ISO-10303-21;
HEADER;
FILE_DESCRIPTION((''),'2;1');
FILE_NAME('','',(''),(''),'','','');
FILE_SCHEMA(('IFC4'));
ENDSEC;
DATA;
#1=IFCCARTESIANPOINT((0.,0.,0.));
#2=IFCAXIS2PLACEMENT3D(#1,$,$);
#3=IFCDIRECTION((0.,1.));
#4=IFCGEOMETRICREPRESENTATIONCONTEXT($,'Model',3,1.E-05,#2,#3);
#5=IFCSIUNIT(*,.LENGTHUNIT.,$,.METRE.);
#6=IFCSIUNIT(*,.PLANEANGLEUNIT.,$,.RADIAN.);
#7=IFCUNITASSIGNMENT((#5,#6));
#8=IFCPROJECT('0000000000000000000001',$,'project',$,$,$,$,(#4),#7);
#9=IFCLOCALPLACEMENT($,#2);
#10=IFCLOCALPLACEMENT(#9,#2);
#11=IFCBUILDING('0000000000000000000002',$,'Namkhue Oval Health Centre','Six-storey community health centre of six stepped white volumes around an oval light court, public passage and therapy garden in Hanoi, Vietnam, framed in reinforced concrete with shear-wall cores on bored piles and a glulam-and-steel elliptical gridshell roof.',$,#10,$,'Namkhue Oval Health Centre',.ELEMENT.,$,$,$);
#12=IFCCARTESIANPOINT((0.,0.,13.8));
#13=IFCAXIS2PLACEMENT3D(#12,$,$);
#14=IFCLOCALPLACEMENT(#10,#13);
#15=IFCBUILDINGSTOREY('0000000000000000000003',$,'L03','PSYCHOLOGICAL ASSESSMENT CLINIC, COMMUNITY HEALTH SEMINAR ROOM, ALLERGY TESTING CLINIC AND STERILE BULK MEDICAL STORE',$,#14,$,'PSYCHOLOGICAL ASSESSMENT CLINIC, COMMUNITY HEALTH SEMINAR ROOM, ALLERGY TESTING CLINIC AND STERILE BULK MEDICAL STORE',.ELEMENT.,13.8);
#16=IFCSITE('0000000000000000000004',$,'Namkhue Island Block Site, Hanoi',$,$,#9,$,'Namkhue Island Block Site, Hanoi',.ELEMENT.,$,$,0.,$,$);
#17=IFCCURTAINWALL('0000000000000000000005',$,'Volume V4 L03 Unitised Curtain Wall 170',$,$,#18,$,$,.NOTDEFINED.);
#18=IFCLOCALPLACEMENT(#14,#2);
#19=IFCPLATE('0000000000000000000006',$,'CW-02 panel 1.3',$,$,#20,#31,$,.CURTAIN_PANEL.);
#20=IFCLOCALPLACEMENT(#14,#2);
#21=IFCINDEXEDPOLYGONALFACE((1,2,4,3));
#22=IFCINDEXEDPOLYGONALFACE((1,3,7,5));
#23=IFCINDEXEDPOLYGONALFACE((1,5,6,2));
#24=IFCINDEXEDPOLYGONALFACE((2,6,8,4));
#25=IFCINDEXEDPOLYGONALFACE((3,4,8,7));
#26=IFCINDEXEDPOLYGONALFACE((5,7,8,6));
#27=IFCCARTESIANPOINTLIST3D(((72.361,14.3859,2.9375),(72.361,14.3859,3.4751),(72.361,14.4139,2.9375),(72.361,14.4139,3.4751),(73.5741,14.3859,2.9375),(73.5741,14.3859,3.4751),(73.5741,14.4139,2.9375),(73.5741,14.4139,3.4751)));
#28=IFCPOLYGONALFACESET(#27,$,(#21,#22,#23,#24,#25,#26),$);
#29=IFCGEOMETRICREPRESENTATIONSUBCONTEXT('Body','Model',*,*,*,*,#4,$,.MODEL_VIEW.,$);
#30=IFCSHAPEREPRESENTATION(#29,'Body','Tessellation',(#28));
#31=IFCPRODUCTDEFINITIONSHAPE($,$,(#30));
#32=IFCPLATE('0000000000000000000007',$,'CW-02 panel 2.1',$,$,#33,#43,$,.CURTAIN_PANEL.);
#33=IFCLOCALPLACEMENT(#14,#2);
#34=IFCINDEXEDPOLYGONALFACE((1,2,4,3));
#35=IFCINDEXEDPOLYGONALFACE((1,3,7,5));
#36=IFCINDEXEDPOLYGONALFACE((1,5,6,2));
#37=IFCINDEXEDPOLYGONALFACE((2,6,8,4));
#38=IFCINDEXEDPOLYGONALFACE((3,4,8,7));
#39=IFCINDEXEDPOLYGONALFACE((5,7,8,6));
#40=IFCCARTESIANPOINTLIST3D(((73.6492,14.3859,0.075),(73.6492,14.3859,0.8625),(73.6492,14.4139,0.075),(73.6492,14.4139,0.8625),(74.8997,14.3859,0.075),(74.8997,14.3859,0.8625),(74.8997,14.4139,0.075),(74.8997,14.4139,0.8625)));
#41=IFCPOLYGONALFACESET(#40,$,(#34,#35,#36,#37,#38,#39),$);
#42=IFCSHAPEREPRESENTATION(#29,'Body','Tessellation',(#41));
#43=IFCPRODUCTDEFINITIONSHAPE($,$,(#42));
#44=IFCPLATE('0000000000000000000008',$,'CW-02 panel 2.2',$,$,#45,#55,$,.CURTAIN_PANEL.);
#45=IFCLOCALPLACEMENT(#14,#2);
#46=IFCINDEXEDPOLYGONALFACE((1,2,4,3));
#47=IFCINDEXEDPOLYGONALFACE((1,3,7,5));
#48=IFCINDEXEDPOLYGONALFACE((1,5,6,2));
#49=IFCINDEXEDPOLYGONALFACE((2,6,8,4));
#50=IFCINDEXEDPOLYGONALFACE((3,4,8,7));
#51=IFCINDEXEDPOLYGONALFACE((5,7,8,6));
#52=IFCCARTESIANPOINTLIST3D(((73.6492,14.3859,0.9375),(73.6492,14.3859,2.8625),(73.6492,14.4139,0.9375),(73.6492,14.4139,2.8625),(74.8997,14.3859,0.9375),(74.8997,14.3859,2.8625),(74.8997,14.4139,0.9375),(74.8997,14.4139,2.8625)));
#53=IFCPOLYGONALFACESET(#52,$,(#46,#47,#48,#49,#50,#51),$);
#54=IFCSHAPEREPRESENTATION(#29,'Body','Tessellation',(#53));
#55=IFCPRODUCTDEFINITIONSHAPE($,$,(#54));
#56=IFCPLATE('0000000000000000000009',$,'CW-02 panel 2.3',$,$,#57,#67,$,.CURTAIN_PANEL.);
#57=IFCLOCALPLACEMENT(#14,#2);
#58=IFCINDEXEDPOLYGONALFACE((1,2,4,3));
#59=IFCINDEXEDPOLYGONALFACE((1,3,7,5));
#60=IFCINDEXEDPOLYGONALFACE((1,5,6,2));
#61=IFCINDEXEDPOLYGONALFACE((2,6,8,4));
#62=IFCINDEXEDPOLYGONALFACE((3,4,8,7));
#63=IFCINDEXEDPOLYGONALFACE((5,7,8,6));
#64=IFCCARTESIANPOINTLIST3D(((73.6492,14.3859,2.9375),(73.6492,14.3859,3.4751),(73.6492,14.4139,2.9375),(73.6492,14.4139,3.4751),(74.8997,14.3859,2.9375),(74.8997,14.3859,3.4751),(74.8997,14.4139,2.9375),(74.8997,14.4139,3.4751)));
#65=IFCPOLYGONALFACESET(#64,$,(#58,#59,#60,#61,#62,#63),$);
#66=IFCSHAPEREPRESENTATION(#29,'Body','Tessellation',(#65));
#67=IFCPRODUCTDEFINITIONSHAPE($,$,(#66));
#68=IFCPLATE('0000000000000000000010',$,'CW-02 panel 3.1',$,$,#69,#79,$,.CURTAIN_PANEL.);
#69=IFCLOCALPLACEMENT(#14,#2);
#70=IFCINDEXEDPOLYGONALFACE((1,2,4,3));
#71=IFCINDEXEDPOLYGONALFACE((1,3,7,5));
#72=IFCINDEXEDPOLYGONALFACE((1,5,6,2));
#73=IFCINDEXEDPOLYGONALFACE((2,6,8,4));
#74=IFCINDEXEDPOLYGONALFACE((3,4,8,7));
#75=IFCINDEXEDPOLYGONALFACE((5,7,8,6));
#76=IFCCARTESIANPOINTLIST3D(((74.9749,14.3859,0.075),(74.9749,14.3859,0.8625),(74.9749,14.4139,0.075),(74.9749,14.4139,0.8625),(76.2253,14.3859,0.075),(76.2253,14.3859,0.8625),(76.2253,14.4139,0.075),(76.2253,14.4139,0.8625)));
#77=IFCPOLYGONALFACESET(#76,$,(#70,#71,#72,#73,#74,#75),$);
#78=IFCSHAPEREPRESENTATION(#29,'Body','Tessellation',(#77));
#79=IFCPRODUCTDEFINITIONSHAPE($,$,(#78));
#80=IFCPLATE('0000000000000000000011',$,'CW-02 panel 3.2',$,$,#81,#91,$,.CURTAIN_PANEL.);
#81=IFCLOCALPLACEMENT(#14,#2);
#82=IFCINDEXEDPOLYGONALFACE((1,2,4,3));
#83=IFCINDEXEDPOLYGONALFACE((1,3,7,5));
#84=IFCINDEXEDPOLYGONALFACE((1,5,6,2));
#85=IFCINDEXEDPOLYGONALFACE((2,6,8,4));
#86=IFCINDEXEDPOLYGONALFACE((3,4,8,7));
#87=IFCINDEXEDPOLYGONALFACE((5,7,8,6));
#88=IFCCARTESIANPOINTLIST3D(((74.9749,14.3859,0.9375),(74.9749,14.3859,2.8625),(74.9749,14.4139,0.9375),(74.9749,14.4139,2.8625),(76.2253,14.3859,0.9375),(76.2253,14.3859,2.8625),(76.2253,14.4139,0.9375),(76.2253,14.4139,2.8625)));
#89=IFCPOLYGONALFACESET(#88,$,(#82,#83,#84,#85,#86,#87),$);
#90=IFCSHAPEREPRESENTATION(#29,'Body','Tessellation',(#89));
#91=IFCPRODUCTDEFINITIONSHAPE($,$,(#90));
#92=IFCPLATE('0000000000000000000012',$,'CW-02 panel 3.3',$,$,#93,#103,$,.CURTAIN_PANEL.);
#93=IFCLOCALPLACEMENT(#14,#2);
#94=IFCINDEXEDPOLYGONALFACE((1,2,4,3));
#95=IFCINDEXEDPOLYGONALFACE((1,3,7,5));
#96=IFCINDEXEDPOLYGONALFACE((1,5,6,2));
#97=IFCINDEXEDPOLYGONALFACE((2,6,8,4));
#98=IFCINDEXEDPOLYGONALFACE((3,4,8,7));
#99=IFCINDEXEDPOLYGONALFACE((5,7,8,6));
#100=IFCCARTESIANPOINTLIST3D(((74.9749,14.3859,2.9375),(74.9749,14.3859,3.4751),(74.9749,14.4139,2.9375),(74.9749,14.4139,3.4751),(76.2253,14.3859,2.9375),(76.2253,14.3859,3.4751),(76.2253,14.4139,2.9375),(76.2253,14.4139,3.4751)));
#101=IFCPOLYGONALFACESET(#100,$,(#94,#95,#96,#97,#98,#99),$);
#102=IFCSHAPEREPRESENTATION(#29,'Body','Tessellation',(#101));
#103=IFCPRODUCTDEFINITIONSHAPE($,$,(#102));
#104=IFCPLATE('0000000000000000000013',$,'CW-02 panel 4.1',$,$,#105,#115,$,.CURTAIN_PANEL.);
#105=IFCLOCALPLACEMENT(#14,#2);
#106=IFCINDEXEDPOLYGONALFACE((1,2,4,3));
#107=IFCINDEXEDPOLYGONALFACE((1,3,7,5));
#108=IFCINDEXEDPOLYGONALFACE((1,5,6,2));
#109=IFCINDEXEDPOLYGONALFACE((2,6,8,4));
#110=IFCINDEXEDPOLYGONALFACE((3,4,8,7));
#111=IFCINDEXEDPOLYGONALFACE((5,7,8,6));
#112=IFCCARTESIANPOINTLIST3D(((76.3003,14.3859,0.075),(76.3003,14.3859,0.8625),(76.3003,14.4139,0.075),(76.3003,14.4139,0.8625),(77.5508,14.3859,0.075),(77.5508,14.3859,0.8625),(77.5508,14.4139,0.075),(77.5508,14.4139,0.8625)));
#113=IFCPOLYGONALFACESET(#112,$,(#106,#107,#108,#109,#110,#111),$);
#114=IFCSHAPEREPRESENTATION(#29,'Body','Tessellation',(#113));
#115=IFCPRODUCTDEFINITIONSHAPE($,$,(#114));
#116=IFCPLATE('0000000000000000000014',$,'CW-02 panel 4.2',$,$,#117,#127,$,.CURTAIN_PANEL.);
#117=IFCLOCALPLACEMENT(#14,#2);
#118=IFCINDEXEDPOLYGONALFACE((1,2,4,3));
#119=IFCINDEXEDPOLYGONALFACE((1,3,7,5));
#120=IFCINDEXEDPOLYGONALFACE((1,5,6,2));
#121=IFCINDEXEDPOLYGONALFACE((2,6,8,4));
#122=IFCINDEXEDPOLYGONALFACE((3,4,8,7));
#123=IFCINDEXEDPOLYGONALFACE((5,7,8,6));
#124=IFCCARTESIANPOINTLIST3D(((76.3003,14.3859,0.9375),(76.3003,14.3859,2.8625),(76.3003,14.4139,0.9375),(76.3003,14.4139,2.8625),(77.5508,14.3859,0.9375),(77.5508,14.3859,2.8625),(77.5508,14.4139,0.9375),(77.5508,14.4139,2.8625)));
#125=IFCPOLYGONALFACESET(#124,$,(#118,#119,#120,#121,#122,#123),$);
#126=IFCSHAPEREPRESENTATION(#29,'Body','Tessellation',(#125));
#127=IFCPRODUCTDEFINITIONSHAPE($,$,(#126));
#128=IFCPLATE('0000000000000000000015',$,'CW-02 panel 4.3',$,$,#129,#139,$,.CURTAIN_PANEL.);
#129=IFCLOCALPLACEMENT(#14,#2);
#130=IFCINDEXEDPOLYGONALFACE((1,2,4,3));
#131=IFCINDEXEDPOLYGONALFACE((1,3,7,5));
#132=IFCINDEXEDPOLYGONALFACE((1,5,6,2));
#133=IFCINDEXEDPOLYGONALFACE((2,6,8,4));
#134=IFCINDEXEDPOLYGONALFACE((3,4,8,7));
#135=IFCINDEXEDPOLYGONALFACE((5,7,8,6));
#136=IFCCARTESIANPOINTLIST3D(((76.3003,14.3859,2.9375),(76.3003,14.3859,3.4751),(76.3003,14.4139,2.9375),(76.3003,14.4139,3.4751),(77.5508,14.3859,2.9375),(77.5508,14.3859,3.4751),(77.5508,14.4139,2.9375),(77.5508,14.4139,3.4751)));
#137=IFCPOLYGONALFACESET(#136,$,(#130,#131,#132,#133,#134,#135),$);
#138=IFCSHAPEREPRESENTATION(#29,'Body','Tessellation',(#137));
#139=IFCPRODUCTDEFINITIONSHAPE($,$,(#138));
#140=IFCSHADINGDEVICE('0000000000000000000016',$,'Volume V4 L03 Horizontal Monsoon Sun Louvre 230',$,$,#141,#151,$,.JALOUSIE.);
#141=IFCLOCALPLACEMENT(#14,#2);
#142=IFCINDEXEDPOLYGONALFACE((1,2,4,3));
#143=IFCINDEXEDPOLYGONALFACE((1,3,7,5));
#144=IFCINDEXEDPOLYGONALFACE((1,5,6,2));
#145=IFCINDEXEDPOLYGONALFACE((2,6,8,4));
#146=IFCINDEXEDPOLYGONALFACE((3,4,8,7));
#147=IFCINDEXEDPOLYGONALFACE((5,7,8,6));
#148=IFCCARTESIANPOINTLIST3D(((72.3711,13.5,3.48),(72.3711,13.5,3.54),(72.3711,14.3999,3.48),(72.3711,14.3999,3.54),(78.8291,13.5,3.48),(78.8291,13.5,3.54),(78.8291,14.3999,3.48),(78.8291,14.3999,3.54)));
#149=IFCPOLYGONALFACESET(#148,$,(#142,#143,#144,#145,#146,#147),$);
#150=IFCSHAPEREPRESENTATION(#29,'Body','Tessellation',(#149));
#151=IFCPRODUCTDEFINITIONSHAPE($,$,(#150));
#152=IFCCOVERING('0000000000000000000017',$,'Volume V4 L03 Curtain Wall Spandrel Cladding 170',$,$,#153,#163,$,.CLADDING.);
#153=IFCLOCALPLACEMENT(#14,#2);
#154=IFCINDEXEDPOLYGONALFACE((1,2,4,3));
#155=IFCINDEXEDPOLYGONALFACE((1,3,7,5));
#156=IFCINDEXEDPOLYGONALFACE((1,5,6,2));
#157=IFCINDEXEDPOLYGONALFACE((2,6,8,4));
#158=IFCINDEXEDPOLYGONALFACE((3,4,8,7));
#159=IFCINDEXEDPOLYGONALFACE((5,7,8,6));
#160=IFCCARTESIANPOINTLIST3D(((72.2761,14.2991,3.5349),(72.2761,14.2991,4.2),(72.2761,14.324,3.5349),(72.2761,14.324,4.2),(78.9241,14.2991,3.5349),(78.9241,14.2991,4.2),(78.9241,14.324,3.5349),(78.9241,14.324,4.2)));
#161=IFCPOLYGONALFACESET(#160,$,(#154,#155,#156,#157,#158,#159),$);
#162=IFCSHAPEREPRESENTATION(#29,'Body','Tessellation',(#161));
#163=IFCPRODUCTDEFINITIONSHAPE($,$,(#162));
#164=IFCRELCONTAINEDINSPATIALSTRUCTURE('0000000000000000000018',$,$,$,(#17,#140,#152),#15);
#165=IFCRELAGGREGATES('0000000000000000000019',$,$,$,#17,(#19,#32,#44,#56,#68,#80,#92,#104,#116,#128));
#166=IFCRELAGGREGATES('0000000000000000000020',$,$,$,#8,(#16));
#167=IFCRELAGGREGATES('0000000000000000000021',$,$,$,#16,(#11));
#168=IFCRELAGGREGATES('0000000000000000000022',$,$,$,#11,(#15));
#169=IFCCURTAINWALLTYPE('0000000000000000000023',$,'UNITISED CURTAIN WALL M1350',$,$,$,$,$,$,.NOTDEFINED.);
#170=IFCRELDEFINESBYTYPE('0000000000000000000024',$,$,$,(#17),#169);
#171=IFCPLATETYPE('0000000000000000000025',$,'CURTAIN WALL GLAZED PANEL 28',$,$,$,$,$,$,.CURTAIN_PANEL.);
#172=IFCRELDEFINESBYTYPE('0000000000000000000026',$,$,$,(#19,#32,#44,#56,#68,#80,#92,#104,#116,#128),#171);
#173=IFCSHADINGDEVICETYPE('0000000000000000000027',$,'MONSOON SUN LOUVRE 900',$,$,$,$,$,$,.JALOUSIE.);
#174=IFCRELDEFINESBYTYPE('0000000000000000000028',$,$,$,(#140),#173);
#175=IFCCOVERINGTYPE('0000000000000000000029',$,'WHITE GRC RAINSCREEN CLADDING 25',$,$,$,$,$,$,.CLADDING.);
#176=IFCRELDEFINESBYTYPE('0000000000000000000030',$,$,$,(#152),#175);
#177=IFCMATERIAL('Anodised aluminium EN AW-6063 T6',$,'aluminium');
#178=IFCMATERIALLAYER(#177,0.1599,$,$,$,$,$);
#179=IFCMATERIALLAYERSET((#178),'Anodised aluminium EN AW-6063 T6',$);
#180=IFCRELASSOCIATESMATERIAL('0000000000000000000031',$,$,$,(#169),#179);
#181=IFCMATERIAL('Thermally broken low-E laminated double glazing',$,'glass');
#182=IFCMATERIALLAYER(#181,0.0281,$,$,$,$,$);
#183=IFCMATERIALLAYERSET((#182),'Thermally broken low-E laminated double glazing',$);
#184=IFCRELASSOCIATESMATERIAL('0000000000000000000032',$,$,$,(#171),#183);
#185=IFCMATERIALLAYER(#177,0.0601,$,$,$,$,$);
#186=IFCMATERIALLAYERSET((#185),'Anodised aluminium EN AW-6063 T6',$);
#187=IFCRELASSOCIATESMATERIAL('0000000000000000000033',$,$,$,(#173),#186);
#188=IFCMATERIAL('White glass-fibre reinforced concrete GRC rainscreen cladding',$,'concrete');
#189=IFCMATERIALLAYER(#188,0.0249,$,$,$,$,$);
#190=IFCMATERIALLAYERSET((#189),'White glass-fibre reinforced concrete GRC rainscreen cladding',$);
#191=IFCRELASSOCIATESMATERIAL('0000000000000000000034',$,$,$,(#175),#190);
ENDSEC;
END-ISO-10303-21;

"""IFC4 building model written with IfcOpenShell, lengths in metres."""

from ifc_helpers import new_model, si_unit, direction, frame, origin, origin_2d, place, context, subcontext, project, spatial, rectangle, extrude, material, layer, layer_set, type_object, element, aggregate, save


model = new_model("IFC4")

# Units and contexts
model_context = context("Model", 3, precision=1e-05, world=origin(), true_north=direction((0.0, 1.0)))
body_context = subcontext(model_context, "Body", "Model", "MODEL_VIEW")
ifc_project = project(units=[si_unit("LENGTHUNIT", "METRE"), si_unit("PLANEANGLEUNIT", "RADIAN")], contexts=[model_context])

# Site, building, storey
site_placement = place(None, origin())
site = spatial("IfcSite", under=ifc_project, at=site_placement, Name="Namkhue Island Block Site, Hanoi", LongName="Namkhue Island Block Site, Hanoi", CompositionType="ELEMENT", RefElevation=0.0)
building_placement = place(site_placement, origin())
building = spatial("IfcBuilding", under=site, at=building_placement, Name="Namkhue Oval Health Centre", Description="Six-storey community health centre of six stepped white volumes around an oval light court, public passage and therapy garden in Hanoi, Vietnam, framed in reinforced concrete with shear-wall cores on bored piles and a glulam-and-steel elliptical gridshell roof.", LongName="Namkhue Oval Health Centre", CompositionType="ELEMENT")
storey_placement = place(building_placement, frame((0.0, 0.0, 13.8)))
storey = spatial("IfcBuildingStorey", under=building, at=storey_placement, Name="L03", Description="PSYCHOLOGICAL ASSESSMENT CLINIC, COMMUNITY HEALTH SEMINAR ROOM, ALLERGY TESTING CLINIC AND STERILE BULK MEDICAL STORE", LongName="PSYCHOLOGICAL ASSESSMENT CLINIC, COMMUNITY HEALTH SEMINAR ROOM, ALLERGY TESTING CLINIC AND STERILE BULK MEDICAL STORE", CompositionType="ELEMENT", Elevation=13.8)

# Curtain wall
ifc_material_1 = material(Name="Anodised aluminium EN AW-6063 T6", Category="aluminium")
ifc_layer_1 = layer(ifc_material_1, 0.1599)
ifc_layer_set_1 = layer_set([ifc_layer_1], Name="Anodised aluminium EN AW-6063 T6")
curtain_wall_type = type_object("IfcCurtainWallType", Name="UNITISED CURTAIN WALL M1350", PredefinedType="NOTDEFINED", material=ifc_layer_set_1)
curtain_wall_placement = place(storey_placement, origin())
curtain_wall = element("IfcCurtainWall", 1, at=curtain_wall_placement, inside=storey, type_object=curtain_wall_type, Name="Volume V4 L03 Unitised Curtain Wall 170", PredefinedType="NOTDEFINED")

# Plates
ifc_material_2 = material(Name="Thermally broken low-E laminated double glazing", Category="glass")
ifc_layer_2 = layer(ifc_material_2, 0.0281)
ifc_layer_set_2 = layer_set([ifc_layer_2], Name="Thermally broken low-E laminated double glazing")
plate_type = type_object("IfcPlateType", Name="CURTAIN WALL GLAZED PANEL 28", PredefinedType="CURTAIN_PANEL", material=ifc_layer_set_2)
plate_1_placement = place(storey_placement, frame((72.9675, 14.3999, 2.9375), z_axis=(0.0, 0.0, 1.0), x_axis=(1.0, 0.0, 0.0)))
plate_1 = element("IfcPlate", 2, at=plate_1_placement, type_object=plate_type, Name="CW-02 panel 1.3", PredefinedType="CURTAIN_PANEL", context=body_context, shape_type="SweptSolid", body=[
    extrude(rectangle(XDim=1.2131, YDim=0.0281, at=origin_2d()), origin(), (0.0, 0.0, 1.0), 0.5376),
])
plate_2_placement = place(storey_placement, frame((74.2744, 14.3999, 0.075), z_axis=(0.0, 0.0, 1.0), x_axis=(1.0, 0.0, 0.0)))
plate_2 = element("IfcPlate", 3, at=plate_2_placement, type_object=plate_type, Name="CW-02 panel 2.1", PredefinedType="CURTAIN_PANEL", context=body_context, shape_type="SweptSolid", body=[
    extrude(rectangle(XDim=1.2505, YDim=0.0281, at=origin_2d()), origin(), (0.0, 0.0, 1.0), 0.7876),
])
plate_3_placement = place(storey_placement, frame((74.2744, 14.3999, 0.9375), z_axis=(0.0, 0.0, 1.0), x_axis=(1.0, 0.0, 0.0)))
plate_3 = element("IfcPlate", 4, at=plate_3_placement, type_object=plate_type, Name="CW-02 panel 2.2", PredefinedType="CURTAIN_PANEL", context=body_context, shape_type="SweptSolid", body=[
    extrude(rectangle(XDim=1.2505, YDim=0.0281, at=origin_2d()), origin(), (0.0, 0.0, 1.0), 1.925),
])
plate_4_placement = place(storey_placement, frame((74.2744, 14.3999, 2.9375), z_axis=(0.0, 0.0, 1.0), x_axis=(1.0, 0.0, 0.0)))
plate_4 = element("IfcPlate", 5, at=plate_4_placement, type_object=plate_type, Name="CW-02 panel 2.3", PredefinedType="CURTAIN_PANEL", context=body_context, shape_type="SweptSolid", body=[
    extrude(rectangle(XDim=1.2505, YDim=0.0281, at=origin_2d()), origin(), (0.0, 0.0, 1.0), 0.5376),
])
plate_5_placement = place(storey_placement, frame((75.6001, 14.3999, 0.075), z_axis=(0.0, 0.0, 1.0), x_axis=(1.0, 0.0, 0.0)))
plate_5 = element("IfcPlate", 6, at=plate_5_placement, type_object=plate_type, Name="CW-02 panel 3.1", PredefinedType="CURTAIN_PANEL", context=body_context, shape_type="SweptSolid", body=[
    extrude(rectangle(XDim=1.2505, YDim=0.0281, at=origin_2d()), origin(), (0.0, 0.0, 1.0), 0.7876),
])
plate_6_placement = place(storey_placement, frame((75.6001, 14.3999, 0.9375), z_axis=(0.0, 0.0, 1.0), x_axis=(1.0, 0.0, 0.0)))
plate_6 = element("IfcPlate", 7, at=plate_6_placement, type_object=plate_type, Name="CW-02 panel 3.2", PredefinedType="CURTAIN_PANEL", context=body_context, shape_type="SweptSolid", body=[
    extrude(rectangle(XDim=1.2505, YDim=0.0281, at=origin_2d()), origin(), (0.0, 0.0, 1.0), 1.925),
])
plate_7_placement = place(storey_placement, frame((75.6001, 14.3999, 2.9375), z_axis=(0.0, 0.0, 1.0), x_axis=(1.0, 0.0, 0.0)))
plate_7 = element("IfcPlate", 8, at=plate_7_placement, type_object=plate_type, Name="CW-02 panel 3.3", PredefinedType="CURTAIN_PANEL", context=body_context, shape_type="SweptSolid", body=[
    extrude(rectangle(XDim=1.2505, YDim=0.0281, at=origin_2d()), origin(), (0.0, 0.0, 1.0), 0.5376),
])
plate_8_placement = place(storey_placement, frame((76.9255, 14.3999, 0.075), z_axis=(0.0, 0.0, 1.0), x_axis=(1.0, 0.0, 0.0)))
plate_8 = element("IfcPlate", 9, at=plate_8_placement, type_object=plate_type, Name="CW-02 panel 4.1", PredefinedType="CURTAIN_PANEL", context=body_context, shape_type="SweptSolid", body=[
    extrude(rectangle(XDim=1.2505, YDim=0.0281, at=origin_2d()), origin(), (0.0, 0.0, 1.0), 0.7876),
])
plate_9_placement = place(storey_placement, frame((76.9255, 14.3999, 0.9375), z_axis=(0.0, 0.0, 1.0), x_axis=(1.0, 0.0, 0.0)))
plate_9 = element("IfcPlate", 10, at=plate_9_placement, type_object=plate_type, Name="CW-02 panel 4.2", PredefinedType="CURTAIN_PANEL", context=body_context, shape_type="SweptSolid", body=[
    extrude(rectangle(XDim=1.2505, YDim=0.0281, at=origin_2d()), origin(), (0.0, 0.0, 1.0), 1.925),
])
plate_10_placement = place(storey_placement, frame((76.9255, 14.3999, 2.9375), z_axis=(0.0, 0.0, 1.0), x_axis=(1.0, 0.0, 0.0)))
plate_10 = element("IfcPlate", 11, at=plate_10_placement, type_object=plate_type, Name="CW-02 panel 4.3", PredefinedType="CURTAIN_PANEL", context=body_context, shape_type="SweptSolid", body=[
    extrude(rectangle(XDim=1.2505, YDim=0.0281, at=origin_2d()), origin(), (0.0, 0.0, 1.0), 0.5376),
])
aggregate(curtain_wall, [plate_1, plate_2, plate_3, plate_4, plate_5, plate_6, plate_7, plate_8, plate_9, plate_10])

# Shading device
ifc_layer_3 = layer(ifc_material_1, 0.0601)
ifc_layer_set_3 = layer_set([ifc_layer_3], Name="Anodised aluminium EN AW-6063 T6")
shading_device_type = type_object("IfcShadingDeviceType", Name="MONSOON SUN LOUVRE 900", PredefinedType="JALOUSIE", material=ifc_layer_set_3)
shading_device_placement = place(storey_placement, frame((75.6001, 13.95, 3.48), z_axis=(0.0, 0.0, 1.0), x_axis=(1.0, 0.0, 0.0)))
element("IfcShadingDevice", 12, at=shading_device_placement, inside=storey, type_object=shading_device_type, Name="Volume V4 L03 Horizontal Monsoon Sun Louvre 230", PredefinedType="JALOUSIE", context=body_context, shape_type="SweptSolid", body=[
    extrude(rectangle(XDim=6.458, YDim=0.8999, at=origin_2d()), origin(), (0.0, 0.0, 1.0), 0.0601),
])

# Covering
ifc_material_3 = material(Name="White glass-fibre reinforced concrete GRC rainscreen cladding", Category="concrete")
ifc_layer_4 = layer(ifc_material_3, 0.0249)
ifc_layer_set_4 = layer_set([ifc_layer_4], Name="White glass-fibre reinforced concrete GRC rainscreen cladding")
covering_type = type_object("IfcCoveringType", Name="WHITE GRC RAINSCREEN CLADDING 25", PredefinedType="CLADDING", material=ifc_layer_set_4)
covering_placement = place(storey_placement, frame((75.6001, 14.3115, 3.5349), z_axis=(0.0, 0.0, 1.0), x_axis=(1.0, 0.0, 0.0)))
element("IfcCovering", 13, at=covering_placement, inside=storey, type_object=covering_type, Name="Volume V4 L03 Curtain Wall Spandrel Cladding 170", PredefinedType="CLADDING", context=body_context, shape_type="SweptSolid", body=[
    extrude(rectangle(XDim=6.6479, YDim=0.0249, at=origin_2d()), origin(), (0.0, 0.0, 1.0), 0.665),
])

save(model, "model.ifc")
